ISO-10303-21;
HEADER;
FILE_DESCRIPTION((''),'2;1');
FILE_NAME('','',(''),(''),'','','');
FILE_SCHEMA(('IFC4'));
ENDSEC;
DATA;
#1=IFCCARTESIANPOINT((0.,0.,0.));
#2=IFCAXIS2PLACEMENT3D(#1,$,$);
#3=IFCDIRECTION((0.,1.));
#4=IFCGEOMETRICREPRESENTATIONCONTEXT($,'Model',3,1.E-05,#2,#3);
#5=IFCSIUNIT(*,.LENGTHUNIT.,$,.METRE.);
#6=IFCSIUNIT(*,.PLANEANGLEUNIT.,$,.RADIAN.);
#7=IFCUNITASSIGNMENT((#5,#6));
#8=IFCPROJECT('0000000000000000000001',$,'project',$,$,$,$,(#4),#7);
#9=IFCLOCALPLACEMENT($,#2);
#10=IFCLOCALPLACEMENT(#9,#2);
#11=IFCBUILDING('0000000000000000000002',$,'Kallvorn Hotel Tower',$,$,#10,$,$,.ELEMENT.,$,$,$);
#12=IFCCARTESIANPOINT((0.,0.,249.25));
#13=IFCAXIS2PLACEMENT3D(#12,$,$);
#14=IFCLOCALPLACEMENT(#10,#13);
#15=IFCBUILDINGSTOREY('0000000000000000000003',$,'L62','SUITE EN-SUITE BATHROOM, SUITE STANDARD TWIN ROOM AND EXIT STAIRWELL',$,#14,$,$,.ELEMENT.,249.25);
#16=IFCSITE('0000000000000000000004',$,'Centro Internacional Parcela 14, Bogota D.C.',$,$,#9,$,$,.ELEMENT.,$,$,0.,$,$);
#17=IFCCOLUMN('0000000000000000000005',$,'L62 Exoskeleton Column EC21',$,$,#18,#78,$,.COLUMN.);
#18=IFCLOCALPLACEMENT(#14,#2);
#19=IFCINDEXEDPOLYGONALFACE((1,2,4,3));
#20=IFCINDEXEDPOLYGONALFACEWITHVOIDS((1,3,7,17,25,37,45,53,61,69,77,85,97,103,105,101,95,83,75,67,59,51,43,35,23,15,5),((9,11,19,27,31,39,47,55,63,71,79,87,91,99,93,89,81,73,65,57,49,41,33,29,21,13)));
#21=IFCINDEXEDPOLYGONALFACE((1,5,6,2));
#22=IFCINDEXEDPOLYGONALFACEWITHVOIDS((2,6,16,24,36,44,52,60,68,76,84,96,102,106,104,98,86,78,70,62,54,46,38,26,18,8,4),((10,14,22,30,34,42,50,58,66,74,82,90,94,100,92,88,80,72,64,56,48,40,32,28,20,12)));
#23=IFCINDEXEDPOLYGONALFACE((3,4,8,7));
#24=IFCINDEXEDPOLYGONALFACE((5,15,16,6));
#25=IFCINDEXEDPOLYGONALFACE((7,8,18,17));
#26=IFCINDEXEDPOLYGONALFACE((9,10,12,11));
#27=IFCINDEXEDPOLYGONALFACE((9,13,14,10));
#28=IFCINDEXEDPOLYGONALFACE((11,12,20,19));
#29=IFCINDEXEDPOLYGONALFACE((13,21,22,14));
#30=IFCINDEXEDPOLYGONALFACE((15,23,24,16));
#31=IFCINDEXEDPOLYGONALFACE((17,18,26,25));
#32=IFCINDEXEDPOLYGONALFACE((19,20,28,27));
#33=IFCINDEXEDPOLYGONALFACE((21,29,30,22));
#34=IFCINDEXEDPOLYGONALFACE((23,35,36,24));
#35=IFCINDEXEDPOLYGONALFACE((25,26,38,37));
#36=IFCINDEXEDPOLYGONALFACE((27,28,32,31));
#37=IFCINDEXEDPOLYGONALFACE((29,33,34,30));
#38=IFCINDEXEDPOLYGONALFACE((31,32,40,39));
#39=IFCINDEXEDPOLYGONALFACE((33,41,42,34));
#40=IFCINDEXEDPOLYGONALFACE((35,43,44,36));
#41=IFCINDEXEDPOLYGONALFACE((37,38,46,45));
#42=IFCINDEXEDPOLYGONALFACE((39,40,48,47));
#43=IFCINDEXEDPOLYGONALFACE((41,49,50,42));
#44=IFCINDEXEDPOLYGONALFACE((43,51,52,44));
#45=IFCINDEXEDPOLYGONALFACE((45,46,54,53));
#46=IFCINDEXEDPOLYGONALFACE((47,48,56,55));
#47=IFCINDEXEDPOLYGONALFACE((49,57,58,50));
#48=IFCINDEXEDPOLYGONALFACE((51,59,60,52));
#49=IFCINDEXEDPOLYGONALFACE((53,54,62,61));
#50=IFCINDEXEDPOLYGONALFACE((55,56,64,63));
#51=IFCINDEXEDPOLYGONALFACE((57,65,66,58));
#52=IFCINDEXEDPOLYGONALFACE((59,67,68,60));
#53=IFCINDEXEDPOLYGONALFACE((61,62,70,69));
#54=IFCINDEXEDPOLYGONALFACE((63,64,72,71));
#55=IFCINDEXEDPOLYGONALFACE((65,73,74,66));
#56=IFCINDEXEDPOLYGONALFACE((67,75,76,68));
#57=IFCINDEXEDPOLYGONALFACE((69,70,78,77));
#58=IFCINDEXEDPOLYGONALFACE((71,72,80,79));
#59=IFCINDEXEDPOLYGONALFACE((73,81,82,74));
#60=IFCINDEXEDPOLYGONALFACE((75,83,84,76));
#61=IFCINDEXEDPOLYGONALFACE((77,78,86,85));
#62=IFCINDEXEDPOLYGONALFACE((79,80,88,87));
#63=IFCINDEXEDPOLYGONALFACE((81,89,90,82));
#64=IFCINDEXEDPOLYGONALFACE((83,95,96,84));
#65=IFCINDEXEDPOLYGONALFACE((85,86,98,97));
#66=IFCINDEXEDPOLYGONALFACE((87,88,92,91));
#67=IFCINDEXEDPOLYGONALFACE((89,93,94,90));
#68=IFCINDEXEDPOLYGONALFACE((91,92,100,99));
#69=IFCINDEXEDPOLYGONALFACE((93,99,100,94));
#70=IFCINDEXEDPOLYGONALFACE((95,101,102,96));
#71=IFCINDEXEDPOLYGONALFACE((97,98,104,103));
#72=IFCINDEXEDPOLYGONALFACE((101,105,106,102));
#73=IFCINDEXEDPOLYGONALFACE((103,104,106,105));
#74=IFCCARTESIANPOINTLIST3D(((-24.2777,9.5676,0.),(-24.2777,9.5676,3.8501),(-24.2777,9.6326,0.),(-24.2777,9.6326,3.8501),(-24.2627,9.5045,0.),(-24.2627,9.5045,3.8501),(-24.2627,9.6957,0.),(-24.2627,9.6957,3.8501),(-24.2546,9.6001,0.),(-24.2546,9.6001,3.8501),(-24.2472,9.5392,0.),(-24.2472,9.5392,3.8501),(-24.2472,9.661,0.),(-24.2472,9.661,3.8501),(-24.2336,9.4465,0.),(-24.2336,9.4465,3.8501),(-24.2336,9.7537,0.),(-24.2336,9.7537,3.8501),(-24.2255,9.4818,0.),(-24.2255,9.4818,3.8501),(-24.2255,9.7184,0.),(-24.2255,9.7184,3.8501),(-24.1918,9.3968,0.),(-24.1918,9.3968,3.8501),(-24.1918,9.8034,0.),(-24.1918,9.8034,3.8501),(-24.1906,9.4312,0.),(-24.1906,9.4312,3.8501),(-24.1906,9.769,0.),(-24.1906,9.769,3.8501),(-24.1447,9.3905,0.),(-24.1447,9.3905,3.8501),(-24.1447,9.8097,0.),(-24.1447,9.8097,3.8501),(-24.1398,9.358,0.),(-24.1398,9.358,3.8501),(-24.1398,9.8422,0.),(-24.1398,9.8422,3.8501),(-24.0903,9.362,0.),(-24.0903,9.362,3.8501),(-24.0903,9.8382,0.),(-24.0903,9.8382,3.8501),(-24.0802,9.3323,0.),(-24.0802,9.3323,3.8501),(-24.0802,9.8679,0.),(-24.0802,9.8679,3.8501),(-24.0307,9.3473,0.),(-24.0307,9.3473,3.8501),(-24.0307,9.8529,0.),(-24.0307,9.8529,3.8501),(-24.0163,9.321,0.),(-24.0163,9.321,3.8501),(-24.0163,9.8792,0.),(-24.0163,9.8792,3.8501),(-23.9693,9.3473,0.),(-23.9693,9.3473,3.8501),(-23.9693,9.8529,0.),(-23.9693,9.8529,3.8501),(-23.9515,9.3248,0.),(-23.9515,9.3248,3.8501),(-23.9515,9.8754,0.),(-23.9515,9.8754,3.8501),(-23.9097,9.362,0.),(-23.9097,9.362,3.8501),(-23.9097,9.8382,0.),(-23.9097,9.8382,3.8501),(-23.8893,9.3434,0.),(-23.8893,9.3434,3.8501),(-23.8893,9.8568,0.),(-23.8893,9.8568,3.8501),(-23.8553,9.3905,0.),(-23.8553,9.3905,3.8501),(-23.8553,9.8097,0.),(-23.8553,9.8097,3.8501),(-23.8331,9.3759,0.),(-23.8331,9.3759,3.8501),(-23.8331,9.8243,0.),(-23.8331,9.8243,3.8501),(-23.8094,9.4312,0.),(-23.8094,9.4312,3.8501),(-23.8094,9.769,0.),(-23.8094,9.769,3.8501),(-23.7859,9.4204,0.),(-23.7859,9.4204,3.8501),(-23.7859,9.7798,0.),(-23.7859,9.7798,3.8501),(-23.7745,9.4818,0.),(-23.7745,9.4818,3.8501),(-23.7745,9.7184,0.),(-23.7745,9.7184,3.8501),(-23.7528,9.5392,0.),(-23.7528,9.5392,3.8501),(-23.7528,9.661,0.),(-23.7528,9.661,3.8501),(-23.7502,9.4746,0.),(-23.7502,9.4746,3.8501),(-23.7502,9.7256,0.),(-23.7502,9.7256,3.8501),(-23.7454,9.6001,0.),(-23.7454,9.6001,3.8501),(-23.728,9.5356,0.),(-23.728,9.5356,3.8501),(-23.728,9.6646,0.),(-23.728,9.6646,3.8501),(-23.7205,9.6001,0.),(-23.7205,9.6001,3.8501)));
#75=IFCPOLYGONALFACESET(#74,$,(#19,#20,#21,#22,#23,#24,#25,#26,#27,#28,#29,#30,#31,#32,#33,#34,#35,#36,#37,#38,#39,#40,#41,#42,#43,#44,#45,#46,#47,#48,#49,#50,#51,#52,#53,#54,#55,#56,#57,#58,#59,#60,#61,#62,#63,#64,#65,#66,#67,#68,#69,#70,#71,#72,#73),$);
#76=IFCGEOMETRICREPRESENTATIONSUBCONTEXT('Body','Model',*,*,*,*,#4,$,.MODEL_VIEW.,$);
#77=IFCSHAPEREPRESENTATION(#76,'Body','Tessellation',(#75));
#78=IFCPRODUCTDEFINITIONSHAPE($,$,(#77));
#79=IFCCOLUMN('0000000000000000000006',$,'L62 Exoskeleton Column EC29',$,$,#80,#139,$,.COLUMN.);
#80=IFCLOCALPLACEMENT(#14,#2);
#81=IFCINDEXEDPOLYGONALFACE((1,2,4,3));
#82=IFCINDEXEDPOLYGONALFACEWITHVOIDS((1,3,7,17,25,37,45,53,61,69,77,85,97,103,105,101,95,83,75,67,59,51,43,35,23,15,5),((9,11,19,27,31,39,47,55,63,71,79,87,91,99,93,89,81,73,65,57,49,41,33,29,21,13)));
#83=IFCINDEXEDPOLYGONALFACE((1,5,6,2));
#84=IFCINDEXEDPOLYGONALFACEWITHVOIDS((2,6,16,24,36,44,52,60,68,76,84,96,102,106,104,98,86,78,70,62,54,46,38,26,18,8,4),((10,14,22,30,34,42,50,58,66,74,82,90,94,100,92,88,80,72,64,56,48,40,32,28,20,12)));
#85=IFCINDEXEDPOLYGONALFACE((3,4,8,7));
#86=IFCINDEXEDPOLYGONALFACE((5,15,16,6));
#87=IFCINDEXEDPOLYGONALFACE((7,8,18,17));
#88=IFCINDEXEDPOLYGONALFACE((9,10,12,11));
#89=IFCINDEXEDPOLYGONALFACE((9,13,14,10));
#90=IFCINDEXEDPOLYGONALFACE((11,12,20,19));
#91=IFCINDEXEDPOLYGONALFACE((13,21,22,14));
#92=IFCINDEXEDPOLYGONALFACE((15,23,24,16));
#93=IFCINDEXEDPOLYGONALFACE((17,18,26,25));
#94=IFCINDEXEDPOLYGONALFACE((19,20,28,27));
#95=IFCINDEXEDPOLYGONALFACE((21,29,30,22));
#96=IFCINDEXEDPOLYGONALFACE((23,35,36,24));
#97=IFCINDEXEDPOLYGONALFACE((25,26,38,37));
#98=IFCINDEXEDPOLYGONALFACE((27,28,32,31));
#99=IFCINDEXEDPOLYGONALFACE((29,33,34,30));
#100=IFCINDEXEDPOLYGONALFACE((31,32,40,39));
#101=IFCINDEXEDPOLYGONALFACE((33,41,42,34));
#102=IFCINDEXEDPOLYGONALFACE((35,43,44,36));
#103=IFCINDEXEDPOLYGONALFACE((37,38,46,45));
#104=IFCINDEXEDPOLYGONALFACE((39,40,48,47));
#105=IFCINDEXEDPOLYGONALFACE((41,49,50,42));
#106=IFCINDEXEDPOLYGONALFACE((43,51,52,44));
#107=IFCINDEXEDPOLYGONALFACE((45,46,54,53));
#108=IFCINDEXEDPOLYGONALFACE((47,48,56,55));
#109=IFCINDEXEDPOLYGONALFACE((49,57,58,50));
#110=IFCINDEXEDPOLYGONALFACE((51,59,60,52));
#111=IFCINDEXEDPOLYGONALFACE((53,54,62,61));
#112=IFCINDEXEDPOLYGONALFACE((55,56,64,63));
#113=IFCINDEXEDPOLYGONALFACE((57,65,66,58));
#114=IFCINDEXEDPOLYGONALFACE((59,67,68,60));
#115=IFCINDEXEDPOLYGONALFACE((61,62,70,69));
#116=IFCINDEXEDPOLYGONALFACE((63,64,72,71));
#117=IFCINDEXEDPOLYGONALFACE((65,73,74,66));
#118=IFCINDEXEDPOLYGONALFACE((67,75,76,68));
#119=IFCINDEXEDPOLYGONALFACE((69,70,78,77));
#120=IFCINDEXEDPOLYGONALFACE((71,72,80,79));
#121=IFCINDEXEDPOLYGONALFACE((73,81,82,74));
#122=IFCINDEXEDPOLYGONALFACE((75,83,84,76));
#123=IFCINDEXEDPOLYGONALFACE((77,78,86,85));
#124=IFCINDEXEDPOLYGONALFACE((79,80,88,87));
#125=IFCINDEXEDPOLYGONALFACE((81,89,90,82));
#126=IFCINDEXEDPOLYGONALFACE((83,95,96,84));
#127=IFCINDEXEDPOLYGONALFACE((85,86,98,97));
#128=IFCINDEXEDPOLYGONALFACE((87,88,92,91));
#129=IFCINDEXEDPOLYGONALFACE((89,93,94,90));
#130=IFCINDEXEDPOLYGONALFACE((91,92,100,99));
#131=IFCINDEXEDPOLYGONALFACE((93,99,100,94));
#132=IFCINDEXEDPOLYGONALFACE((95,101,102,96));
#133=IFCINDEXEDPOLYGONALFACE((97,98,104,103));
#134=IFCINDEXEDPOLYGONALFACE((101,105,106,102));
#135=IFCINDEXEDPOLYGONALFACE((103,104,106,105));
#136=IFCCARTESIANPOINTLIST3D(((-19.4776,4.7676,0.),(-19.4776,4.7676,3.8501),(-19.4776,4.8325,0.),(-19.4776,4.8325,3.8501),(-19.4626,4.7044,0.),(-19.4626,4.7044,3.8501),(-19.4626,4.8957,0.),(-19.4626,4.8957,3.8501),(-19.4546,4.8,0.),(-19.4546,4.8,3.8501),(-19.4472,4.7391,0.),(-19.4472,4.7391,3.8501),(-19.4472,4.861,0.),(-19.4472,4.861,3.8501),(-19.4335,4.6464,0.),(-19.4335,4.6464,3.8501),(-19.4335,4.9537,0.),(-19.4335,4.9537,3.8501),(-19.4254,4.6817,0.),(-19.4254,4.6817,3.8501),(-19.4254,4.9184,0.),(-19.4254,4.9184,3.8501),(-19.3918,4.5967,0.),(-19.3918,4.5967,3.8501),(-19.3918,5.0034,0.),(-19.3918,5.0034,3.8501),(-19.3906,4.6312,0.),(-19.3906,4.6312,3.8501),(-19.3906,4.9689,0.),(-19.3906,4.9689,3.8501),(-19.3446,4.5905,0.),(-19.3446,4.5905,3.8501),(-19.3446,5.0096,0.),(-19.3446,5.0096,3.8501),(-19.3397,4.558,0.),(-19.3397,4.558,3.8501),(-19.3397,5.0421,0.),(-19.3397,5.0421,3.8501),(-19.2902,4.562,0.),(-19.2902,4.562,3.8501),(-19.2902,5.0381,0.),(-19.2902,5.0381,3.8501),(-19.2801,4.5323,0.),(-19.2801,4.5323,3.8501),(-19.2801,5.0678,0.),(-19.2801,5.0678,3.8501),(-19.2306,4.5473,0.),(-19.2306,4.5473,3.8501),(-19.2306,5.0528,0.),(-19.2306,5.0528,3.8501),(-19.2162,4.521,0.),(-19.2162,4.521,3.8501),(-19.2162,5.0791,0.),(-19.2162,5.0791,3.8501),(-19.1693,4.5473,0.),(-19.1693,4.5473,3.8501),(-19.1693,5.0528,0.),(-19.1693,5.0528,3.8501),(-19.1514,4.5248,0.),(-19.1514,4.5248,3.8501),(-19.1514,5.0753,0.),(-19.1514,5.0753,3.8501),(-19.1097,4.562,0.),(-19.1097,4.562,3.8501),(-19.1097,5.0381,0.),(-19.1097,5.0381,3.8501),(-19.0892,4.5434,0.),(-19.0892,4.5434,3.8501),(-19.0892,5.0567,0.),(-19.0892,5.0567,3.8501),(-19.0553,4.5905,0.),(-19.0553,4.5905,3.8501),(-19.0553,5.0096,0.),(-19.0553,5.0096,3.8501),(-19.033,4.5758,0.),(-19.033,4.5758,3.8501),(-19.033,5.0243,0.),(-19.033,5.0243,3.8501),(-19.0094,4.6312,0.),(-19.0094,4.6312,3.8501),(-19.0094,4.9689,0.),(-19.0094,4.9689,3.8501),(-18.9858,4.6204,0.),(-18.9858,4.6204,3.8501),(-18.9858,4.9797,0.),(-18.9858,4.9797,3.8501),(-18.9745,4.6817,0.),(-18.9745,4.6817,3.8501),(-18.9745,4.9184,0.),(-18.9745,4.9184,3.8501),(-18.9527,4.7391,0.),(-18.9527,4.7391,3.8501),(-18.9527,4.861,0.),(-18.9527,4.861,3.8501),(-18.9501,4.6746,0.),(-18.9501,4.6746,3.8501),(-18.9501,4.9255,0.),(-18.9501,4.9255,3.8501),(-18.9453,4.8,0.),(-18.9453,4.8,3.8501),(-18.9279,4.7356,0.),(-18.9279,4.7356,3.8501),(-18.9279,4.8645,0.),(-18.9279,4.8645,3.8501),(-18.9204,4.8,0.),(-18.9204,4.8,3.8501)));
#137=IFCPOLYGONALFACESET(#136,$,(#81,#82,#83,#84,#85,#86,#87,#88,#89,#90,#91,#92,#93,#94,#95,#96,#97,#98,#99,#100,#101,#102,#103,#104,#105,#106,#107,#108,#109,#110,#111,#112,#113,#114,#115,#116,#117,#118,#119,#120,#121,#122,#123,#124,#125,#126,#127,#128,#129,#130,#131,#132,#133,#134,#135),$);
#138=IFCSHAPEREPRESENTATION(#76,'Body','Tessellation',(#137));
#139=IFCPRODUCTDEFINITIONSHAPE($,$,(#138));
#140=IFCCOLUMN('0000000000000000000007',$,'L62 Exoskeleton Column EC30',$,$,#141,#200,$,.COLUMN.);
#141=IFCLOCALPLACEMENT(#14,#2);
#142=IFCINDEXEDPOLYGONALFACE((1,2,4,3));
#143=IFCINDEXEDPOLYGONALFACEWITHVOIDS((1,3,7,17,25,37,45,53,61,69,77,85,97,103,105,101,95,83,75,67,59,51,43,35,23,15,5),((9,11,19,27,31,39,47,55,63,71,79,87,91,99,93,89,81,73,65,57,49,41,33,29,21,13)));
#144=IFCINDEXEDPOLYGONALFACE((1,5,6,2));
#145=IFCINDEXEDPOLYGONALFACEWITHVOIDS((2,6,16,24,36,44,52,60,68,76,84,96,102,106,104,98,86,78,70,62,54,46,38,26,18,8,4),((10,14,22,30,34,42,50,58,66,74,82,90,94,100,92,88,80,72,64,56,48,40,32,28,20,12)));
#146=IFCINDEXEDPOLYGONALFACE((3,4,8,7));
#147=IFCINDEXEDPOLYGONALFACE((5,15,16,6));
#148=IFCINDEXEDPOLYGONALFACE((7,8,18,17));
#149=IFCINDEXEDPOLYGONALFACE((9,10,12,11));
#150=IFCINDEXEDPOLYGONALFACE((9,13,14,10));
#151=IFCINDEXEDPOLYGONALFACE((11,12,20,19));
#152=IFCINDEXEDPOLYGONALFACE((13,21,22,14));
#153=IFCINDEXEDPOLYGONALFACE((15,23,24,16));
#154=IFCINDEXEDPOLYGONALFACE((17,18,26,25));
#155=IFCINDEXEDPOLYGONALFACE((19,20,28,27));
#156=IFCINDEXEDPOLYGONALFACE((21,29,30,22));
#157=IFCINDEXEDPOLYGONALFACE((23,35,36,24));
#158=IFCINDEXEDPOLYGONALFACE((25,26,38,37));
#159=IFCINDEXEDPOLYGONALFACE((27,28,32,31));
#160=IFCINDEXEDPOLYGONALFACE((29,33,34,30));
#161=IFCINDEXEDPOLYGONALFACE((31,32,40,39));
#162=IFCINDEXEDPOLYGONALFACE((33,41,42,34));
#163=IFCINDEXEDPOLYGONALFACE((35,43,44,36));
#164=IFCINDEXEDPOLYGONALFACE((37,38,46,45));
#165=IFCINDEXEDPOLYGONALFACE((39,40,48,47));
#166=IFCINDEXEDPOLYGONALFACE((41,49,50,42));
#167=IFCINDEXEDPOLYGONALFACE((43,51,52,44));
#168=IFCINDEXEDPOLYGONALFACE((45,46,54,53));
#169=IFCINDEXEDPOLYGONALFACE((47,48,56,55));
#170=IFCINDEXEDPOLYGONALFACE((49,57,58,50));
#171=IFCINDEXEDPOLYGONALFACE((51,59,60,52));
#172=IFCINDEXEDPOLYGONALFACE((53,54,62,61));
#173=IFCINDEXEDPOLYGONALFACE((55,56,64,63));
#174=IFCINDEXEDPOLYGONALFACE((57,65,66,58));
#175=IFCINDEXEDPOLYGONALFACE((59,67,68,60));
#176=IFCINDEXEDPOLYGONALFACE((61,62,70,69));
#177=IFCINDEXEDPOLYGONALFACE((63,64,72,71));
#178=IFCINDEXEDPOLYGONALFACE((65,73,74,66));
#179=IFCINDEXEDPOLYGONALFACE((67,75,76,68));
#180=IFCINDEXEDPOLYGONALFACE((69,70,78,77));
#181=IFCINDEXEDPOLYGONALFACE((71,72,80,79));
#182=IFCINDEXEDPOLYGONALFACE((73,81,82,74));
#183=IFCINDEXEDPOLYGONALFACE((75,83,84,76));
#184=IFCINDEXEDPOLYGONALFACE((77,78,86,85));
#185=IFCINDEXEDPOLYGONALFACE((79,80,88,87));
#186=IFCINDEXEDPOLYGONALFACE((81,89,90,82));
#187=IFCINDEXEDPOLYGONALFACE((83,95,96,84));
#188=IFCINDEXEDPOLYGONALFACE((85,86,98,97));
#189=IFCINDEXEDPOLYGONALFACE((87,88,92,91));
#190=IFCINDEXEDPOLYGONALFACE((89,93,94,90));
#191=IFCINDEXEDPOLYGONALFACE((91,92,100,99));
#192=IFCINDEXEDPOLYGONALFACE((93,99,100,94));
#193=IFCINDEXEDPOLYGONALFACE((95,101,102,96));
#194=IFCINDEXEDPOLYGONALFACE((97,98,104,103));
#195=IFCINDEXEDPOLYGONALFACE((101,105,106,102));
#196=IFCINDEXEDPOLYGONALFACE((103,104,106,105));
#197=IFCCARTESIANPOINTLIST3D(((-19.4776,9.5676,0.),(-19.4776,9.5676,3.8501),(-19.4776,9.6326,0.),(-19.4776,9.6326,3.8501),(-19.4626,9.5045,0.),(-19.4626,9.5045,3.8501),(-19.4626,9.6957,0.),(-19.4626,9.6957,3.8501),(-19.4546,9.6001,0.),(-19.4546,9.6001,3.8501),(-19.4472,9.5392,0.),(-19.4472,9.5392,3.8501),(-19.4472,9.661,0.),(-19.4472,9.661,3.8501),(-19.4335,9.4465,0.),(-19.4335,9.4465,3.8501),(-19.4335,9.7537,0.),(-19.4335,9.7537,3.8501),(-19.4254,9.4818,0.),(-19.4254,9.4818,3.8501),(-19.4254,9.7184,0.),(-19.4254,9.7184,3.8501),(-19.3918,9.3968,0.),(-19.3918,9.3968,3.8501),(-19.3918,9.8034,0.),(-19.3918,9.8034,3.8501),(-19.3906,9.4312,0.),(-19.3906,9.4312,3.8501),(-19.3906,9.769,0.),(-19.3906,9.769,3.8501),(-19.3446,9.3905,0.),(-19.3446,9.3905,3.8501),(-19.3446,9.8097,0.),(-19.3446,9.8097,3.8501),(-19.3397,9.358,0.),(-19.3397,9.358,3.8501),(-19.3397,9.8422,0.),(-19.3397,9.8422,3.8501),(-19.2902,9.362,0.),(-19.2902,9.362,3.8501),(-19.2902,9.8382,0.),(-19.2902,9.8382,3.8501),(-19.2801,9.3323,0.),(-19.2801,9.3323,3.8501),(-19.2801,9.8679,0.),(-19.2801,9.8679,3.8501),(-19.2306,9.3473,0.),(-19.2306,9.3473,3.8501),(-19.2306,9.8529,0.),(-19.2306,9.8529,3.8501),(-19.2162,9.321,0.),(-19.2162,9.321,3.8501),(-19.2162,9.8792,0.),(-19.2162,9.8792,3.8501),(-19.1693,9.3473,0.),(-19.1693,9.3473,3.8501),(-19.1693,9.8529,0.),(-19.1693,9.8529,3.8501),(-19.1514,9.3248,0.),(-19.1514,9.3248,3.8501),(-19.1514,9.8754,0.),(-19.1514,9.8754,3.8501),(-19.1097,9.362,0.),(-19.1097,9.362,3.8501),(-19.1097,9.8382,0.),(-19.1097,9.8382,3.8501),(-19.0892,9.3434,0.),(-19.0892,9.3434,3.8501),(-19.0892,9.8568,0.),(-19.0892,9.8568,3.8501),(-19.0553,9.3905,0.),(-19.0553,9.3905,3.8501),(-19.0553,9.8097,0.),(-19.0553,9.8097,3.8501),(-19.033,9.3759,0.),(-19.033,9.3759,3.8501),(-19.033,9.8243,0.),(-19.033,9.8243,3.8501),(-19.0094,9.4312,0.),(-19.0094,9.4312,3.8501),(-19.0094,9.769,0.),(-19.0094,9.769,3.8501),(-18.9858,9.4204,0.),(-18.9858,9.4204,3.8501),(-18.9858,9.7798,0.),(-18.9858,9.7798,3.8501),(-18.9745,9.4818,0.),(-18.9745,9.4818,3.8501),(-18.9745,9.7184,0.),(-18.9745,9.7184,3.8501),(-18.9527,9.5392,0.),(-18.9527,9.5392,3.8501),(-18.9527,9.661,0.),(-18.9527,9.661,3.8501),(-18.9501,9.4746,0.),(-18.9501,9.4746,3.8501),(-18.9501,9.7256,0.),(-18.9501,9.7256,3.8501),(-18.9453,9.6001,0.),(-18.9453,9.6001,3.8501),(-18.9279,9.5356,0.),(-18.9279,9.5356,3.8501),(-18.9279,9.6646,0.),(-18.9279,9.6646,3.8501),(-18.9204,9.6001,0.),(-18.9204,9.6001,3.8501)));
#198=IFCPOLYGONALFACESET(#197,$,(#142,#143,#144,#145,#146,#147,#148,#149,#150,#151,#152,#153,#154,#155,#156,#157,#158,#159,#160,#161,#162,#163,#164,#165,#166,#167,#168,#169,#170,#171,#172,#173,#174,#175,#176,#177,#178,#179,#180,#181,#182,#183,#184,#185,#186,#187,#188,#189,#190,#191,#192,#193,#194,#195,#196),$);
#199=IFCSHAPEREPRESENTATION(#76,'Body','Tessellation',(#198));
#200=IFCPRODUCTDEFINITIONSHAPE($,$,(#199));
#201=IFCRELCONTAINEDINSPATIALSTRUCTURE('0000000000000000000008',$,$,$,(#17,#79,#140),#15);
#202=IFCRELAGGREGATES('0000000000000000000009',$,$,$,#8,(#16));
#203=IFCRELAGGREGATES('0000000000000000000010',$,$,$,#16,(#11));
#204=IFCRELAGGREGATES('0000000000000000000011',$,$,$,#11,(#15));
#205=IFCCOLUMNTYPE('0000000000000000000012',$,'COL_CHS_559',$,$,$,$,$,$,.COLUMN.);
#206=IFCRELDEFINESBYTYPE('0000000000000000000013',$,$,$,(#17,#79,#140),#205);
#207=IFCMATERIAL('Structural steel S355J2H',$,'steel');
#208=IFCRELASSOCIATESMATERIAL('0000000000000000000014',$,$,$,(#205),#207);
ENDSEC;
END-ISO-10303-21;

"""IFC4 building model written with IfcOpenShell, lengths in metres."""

from ifc_helpers import new_model, si_unit, direction, frame, origin, origin_2d, place, context, subcontext, project, spatial, hollow_circle, extrude, material, material_profile, profile_set, type_object, element, save


model = new_model("IFC4")

# Units and contexts
model_context = context("Model", 3, precision=1e-05, world=origin(), true_north=direction((0.0, 1.0)))
body_context = subcontext(model_context, "Body", "Model", "MODEL_VIEW")
ifc_project = project(units=[si_unit("LENGTHUNIT", "METRE"), si_unit("PLANEANGLEUNIT", "RADIAN")], contexts=[model_context])

# Site, building, storey
site_placement = place(None, origin())
site = spatial("IfcSite", under=ifc_project, at=site_placement, Name="Centro Internacional Parcela 14, Bogota D.C.", CompositionType="ELEMENT", RefElevation=0.0)
building_placement = place(site_placement, origin())
building = spatial("IfcBuilding", under=site, at=building_placement, Name="Kallvorn Hotel Tower", CompositionType="ELEMENT")
storey_placement = place(building_placement, frame((0.0, 0.0, 249.25)))
storey = spatial("IfcBuildingStorey", under=building, at=storey_placement, Name="L62", Description="SUITE EN-SUITE BATHROOM, SUITE STANDARD TWIN ROOM AND EXIT STAIRWELL", CompositionType="ELEMENT", Elevation=249.25)

# Columns
ifc_material_1 = material(Name="Structural steel S355J2H", Category="steel")
ifc_material_profile_1 = material_profile(ifc_material_1, hollow_circle(Radius=0.2795, WallThickness=0.0249, at=origin_2d()), Name="CHS 559x25")
ifc_profile_set_1 = profile_set([ifc_material_profile_1], Name="Structural steel S355J2H")
column_type_1 = type_object("IfcColumnType", Name="COL_CHS_559", PredefinedType="COLUMN", material=ifc_profile_set_1)
for number, where, z_axis, x_axis, name in (
    (1, (-24.0, 9.6001, 0.0), (0.0, 0.0, 1.0), (1.0, 0.0, 0.0), "L62 Exoskeleton Column EC21"),
    (2, (-19.2, 4.8, 0.0), (0.0, 0.0, 1.0), (1.0, 0.0, 0.0), "L62 Exoskeleton Column EC29"),
    (3, (-19.2, 9.6001, 0.0), (0.0, 0.0, 1.0), (1.0, 0.0, 0.0), "L62 Exoskeleton Column EC30"),
):
    element("IfcColumn", number, at=place(storey_placement, frame(where, z_axis=z_axis, x_axis=x_axis)), inside=storey, type_object=column_type_1, Name=name, PredefinedType="COLUMN", context=body_context, shape_type="SweptSolid", body=[
        extrude(hollow_circle(Radius=0.2795, WallThickness=0.0249, at=origin_2d()), origin(), (0.0, 0.0, 1.0), 3.8501),
    ])

save(model, "model.ifc")
